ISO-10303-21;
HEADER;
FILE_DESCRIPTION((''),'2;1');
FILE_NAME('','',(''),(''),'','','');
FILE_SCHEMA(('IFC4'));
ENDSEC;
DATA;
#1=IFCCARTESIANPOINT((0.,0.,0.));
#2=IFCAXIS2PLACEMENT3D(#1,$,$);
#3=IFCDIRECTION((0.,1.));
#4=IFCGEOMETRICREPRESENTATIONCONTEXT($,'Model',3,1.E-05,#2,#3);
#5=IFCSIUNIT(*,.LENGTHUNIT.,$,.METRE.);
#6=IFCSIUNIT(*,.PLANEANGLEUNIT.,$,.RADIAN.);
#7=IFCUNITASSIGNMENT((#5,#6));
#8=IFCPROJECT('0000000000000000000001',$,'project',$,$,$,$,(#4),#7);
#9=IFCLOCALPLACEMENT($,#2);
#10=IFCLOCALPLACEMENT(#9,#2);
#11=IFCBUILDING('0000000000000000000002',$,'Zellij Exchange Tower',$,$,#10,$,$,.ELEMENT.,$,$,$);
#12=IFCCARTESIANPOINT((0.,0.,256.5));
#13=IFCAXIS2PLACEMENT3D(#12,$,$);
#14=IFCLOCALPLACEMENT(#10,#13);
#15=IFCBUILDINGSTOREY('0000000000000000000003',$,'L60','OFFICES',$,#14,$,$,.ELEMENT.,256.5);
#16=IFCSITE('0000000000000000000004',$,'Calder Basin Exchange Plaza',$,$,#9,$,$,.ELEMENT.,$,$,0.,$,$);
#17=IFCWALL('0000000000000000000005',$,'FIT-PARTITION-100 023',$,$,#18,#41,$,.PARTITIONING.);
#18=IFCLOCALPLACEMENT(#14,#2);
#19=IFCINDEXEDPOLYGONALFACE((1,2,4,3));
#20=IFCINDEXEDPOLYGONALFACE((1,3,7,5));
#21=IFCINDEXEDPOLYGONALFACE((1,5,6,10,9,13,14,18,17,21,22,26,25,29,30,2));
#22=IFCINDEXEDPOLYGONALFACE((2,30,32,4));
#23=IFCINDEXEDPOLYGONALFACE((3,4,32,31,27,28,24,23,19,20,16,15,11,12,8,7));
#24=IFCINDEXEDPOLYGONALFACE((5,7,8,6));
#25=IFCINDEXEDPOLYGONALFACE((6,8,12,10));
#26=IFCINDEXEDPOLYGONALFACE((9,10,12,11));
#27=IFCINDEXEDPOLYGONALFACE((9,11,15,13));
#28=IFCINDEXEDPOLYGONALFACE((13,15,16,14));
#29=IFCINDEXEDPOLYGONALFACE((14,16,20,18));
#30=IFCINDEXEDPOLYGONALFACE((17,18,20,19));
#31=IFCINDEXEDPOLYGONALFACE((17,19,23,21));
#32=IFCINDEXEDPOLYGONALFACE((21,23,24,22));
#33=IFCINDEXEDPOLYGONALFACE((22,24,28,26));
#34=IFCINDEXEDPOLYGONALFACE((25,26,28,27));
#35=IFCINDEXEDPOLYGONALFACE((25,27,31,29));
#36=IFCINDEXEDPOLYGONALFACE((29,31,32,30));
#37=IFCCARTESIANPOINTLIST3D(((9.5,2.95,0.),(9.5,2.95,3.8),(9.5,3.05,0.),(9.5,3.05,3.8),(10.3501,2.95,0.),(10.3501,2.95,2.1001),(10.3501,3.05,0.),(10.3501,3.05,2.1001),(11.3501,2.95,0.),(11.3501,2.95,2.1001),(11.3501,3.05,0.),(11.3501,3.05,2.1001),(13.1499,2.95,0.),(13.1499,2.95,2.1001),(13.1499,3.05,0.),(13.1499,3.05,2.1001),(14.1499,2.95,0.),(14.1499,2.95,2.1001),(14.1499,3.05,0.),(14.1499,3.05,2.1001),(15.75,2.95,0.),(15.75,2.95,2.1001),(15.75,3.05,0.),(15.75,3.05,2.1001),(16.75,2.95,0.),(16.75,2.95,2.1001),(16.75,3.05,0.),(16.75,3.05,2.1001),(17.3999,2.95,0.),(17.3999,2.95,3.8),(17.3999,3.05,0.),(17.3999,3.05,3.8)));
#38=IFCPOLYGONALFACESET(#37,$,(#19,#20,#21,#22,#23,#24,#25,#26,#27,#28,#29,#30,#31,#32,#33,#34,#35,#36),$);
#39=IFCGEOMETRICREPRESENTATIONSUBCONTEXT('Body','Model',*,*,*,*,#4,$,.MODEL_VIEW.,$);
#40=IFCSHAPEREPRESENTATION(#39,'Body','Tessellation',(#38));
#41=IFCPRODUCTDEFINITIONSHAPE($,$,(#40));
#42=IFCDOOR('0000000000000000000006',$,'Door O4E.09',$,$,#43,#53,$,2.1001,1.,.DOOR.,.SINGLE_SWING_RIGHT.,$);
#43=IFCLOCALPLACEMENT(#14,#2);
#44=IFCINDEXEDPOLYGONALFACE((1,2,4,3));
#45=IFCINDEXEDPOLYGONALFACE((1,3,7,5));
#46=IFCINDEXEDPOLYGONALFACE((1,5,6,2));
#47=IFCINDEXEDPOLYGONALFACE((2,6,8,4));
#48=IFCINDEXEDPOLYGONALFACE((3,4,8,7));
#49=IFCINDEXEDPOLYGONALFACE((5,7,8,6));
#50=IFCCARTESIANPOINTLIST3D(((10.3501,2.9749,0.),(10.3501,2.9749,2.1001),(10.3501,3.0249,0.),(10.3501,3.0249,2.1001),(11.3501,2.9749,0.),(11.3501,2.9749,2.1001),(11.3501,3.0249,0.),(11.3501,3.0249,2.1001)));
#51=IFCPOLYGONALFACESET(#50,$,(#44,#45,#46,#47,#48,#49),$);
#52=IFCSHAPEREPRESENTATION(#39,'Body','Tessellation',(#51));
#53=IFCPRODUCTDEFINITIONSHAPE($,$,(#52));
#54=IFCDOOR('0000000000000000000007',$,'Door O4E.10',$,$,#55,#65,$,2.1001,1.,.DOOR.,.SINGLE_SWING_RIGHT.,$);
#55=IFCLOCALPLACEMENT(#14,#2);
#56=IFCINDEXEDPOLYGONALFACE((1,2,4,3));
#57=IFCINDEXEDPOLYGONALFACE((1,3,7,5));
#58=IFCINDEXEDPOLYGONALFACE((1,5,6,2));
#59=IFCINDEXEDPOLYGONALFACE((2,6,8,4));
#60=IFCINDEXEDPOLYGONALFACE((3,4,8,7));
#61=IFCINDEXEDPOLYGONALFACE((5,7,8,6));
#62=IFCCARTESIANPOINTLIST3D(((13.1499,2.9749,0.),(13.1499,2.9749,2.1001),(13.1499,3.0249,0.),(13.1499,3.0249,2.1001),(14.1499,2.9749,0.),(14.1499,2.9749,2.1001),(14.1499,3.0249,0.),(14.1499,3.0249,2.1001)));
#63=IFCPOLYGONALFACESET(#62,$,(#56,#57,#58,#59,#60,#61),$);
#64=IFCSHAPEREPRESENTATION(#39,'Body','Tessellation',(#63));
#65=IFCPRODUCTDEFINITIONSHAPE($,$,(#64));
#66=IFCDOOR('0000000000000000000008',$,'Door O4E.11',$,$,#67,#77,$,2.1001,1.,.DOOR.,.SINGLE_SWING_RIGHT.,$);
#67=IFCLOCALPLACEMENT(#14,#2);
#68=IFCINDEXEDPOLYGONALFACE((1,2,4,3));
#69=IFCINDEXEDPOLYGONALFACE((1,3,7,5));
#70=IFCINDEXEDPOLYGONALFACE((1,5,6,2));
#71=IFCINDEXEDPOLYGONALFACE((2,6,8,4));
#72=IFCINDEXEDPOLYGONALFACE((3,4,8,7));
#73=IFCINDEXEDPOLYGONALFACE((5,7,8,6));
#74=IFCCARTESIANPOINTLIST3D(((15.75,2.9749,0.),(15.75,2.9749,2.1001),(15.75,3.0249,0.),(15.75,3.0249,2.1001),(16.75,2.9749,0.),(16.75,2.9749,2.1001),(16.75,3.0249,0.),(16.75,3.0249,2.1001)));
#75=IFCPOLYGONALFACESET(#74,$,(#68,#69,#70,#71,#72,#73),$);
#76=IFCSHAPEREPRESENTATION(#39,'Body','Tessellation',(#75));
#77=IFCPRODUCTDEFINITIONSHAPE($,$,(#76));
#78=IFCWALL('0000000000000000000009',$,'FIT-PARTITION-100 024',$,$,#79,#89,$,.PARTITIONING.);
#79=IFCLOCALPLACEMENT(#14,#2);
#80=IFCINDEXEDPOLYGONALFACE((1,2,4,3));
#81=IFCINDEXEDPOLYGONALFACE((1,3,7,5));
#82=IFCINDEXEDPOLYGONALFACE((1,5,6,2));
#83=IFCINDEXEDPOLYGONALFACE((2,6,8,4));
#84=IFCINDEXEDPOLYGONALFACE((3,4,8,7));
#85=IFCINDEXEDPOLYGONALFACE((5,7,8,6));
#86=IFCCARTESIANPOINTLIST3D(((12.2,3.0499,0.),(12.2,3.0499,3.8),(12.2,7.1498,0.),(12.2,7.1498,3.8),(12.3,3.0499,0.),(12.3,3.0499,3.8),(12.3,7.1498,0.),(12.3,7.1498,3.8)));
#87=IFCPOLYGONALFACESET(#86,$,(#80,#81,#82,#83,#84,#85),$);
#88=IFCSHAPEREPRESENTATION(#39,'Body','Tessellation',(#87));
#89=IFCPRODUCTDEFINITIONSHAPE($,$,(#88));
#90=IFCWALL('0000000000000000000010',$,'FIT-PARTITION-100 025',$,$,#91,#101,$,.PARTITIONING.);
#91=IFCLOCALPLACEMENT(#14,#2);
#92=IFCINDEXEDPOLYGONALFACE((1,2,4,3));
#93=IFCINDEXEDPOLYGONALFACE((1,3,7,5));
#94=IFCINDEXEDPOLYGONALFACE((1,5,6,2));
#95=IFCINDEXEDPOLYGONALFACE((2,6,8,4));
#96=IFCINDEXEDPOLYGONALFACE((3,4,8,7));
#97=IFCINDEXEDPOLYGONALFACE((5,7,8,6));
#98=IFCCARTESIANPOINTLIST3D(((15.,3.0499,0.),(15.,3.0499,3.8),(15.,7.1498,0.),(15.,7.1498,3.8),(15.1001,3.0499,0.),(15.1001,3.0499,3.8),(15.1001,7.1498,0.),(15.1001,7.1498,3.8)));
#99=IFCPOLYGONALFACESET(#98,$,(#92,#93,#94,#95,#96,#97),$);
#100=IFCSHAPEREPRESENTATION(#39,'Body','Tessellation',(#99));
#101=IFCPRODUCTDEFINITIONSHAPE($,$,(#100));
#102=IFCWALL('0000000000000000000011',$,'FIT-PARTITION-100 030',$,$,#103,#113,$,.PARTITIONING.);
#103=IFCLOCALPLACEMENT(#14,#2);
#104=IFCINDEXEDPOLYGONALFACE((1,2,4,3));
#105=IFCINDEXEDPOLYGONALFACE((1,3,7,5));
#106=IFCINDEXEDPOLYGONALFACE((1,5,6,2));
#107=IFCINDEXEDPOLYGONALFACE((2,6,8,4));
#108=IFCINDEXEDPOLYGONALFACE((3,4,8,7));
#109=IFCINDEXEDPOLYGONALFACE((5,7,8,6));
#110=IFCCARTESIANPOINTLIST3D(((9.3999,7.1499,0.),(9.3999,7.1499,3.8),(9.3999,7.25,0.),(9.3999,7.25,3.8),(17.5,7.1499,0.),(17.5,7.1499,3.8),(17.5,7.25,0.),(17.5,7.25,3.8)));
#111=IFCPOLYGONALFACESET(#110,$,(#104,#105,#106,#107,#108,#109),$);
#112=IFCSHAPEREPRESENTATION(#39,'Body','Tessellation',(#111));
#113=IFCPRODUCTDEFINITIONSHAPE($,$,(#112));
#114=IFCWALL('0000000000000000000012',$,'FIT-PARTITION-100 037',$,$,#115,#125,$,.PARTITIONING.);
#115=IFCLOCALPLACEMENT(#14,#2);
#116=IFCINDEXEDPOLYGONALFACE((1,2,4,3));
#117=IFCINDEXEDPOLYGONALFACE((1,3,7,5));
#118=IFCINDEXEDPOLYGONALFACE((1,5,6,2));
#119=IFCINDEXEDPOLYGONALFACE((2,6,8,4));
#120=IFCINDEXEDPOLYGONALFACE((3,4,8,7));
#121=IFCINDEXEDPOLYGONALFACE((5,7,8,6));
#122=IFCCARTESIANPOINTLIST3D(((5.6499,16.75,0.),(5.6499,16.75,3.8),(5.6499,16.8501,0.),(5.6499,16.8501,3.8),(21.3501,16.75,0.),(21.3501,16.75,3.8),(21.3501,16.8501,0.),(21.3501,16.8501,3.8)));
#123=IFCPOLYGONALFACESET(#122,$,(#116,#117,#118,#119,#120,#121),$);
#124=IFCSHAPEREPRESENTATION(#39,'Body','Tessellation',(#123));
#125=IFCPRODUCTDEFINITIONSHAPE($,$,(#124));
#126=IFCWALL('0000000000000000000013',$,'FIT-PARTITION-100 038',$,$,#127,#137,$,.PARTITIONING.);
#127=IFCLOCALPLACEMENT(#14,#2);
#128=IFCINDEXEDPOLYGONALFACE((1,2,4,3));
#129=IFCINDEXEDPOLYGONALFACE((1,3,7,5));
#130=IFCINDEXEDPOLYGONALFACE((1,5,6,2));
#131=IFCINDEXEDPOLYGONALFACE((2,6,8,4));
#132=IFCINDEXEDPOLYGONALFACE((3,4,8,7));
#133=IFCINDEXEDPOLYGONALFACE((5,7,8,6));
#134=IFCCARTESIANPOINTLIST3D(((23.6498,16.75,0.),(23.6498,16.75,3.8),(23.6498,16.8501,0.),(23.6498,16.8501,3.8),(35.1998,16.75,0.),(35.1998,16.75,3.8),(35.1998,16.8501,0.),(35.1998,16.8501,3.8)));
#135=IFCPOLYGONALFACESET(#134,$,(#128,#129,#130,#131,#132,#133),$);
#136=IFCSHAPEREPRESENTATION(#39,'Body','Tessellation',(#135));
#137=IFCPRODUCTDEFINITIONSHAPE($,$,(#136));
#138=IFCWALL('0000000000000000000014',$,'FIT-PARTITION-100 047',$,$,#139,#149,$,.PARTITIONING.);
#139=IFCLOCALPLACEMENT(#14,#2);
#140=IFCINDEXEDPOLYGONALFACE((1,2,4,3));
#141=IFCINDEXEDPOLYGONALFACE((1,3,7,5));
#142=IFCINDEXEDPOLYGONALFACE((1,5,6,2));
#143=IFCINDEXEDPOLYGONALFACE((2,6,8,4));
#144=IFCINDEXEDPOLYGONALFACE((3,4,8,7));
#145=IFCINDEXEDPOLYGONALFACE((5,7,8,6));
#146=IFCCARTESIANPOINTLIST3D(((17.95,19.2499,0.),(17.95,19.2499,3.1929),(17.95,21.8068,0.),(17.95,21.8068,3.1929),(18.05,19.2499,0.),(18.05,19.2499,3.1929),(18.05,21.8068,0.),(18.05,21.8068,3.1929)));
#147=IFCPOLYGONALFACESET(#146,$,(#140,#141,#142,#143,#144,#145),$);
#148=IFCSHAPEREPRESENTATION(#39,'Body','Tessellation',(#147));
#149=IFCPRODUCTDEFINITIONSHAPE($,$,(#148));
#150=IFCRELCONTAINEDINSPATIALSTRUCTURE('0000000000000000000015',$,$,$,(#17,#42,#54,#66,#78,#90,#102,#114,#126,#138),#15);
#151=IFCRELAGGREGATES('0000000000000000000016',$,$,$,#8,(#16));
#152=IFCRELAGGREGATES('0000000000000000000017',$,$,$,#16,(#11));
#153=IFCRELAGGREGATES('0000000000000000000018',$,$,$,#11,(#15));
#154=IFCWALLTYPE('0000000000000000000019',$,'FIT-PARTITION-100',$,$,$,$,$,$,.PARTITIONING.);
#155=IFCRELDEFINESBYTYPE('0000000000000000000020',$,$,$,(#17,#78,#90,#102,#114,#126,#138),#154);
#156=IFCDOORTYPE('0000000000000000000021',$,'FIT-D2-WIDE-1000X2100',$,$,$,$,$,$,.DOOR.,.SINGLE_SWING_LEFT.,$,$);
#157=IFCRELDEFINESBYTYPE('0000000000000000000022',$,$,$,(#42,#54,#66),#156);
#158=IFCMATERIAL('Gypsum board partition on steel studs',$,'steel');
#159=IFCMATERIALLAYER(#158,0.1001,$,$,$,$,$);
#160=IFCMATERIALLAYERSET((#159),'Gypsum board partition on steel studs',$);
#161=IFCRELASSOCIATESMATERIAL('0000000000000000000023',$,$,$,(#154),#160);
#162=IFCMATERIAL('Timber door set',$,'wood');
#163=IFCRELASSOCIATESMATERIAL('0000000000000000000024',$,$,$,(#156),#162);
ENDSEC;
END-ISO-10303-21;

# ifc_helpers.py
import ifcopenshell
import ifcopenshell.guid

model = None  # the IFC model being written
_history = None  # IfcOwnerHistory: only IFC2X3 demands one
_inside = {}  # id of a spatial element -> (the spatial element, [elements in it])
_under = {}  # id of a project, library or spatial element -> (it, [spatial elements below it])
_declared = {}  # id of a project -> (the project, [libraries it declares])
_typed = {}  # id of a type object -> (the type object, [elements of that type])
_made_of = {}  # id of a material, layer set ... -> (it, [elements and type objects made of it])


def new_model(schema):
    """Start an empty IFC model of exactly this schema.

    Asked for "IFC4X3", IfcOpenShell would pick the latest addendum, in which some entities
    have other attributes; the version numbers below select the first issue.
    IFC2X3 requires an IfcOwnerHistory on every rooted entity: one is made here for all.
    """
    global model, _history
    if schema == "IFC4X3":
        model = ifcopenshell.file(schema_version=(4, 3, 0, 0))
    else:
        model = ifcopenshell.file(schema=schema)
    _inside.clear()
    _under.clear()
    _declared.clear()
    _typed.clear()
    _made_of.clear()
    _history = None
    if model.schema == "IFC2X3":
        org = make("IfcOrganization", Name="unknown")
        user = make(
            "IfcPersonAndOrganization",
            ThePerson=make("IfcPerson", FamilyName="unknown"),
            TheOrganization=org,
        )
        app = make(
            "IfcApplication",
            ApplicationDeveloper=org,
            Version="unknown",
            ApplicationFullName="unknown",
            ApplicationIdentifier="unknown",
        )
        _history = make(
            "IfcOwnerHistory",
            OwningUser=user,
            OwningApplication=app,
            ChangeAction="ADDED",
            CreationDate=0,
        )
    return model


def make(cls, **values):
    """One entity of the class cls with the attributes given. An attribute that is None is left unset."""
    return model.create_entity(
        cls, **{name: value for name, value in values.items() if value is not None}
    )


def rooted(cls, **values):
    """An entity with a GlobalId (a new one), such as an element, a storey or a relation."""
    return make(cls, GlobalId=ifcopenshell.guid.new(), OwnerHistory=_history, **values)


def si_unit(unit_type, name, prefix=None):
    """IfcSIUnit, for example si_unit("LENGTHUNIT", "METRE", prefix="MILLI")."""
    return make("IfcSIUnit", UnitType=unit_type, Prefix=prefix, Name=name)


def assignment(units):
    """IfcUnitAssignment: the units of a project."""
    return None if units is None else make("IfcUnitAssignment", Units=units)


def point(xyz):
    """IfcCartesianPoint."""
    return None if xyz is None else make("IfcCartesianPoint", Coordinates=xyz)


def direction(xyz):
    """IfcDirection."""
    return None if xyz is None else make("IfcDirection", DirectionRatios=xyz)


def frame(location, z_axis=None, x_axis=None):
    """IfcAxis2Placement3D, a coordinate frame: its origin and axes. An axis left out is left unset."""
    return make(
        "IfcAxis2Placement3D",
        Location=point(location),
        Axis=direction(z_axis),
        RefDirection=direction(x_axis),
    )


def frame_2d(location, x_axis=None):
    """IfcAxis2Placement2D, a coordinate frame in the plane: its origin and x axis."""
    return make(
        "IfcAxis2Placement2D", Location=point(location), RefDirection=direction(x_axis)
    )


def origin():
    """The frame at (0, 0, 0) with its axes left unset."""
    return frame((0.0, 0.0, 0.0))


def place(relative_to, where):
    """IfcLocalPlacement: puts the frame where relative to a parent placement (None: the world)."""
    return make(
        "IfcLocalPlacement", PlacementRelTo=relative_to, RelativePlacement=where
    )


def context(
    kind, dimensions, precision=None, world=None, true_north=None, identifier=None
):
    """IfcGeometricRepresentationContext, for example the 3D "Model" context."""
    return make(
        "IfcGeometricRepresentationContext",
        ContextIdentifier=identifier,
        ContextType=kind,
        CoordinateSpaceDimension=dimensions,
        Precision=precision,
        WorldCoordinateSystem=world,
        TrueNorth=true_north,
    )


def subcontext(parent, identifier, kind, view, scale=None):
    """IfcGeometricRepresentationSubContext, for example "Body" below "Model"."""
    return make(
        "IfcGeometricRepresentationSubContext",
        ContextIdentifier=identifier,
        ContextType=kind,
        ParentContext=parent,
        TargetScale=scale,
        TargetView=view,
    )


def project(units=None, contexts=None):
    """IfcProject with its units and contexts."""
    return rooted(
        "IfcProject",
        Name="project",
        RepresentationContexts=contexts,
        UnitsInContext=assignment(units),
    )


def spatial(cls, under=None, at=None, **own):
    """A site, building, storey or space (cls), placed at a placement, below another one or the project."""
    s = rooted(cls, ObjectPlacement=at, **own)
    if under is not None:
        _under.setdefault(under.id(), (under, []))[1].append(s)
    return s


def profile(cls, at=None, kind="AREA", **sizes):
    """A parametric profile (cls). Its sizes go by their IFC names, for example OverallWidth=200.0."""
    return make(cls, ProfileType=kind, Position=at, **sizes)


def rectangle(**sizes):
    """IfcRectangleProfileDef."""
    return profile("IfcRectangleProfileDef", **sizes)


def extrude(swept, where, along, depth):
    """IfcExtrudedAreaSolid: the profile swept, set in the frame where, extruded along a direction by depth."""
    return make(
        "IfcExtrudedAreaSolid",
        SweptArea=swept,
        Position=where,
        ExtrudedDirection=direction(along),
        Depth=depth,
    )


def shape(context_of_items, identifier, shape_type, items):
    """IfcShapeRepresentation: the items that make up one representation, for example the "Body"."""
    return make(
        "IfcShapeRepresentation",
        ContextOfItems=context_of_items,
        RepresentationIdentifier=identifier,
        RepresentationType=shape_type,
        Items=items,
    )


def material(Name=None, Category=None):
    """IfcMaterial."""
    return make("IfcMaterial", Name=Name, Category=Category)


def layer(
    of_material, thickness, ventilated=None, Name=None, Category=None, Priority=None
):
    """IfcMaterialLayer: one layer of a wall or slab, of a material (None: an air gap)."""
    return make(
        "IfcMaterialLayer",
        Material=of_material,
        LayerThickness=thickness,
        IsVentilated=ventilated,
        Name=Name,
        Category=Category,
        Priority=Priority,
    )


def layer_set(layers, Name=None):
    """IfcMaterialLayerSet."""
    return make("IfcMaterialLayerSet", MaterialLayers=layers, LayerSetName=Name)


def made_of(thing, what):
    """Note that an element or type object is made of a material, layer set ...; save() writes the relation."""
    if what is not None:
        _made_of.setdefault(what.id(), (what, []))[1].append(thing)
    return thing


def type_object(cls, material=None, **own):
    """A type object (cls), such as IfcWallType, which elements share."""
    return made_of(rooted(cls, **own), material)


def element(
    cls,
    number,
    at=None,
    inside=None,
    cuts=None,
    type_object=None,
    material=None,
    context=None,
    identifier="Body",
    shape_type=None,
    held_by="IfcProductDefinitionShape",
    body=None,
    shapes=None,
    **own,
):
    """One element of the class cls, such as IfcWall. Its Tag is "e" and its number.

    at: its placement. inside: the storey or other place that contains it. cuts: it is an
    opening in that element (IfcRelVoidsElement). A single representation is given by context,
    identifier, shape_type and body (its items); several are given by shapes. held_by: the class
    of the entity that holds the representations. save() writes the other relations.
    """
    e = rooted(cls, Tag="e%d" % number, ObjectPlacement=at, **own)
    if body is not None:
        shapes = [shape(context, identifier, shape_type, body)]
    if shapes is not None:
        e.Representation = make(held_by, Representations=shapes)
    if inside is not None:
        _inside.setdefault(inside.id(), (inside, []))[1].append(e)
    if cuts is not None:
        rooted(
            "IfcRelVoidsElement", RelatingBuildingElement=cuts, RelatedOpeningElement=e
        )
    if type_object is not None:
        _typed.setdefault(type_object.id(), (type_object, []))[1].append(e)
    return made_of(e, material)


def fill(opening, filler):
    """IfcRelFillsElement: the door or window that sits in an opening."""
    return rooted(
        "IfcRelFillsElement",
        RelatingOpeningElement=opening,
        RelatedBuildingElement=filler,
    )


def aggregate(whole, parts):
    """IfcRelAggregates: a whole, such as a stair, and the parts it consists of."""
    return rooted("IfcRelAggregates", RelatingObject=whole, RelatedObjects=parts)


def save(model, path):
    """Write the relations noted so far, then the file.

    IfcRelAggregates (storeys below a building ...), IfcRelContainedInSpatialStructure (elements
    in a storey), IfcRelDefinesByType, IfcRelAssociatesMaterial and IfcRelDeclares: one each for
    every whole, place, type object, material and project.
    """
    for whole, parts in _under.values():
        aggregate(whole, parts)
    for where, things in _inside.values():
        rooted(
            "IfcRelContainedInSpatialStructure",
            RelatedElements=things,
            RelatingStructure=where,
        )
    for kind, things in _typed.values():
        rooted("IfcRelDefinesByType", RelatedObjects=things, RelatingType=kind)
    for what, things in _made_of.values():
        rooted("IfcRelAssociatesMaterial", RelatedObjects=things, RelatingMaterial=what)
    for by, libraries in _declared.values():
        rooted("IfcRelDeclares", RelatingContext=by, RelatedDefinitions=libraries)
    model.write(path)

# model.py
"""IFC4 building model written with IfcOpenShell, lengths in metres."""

from ifc_helpers import new_model, si_unit, direction, frame, frame_2d, origin, place, context, subcontext, project, spatial, rectangle, extrude, material, layer, layer_set, type_object, element, fill, save


model = new_model("IFC4")

# Units and contexts
model_context = context("Model", 3, precision=1e-05, world=origin(), true_north=direction((0.0, 1.0)))
body_context = subcontext(model_context, "Body", "Model", "MODEL_VIEW")
ifc_project = project(units=[si_unit("LENGTHUNIT", "METRE"), si_unit("PLANEANGLEUNIT", "RADIAN")], contexts=[model_context])

# Site, building, storey
site_placement = place(None, origin())
site = spatial("IfcSite", under=ifc_project, at=site_placement, Name="Calder Basin Exchange Plaza", CompositionType="ELEMENT", RefElevation=0.0)
building_placement = place(site_placement, origin())
building = spatial("IfcBuilding", under=site, at=building_placement, Name="Zellij Exchange Tower", CompositionType="ELEMENT")
storey_placement = place(building_placement, frame((0.0, 0.0, 256.5)))
storey = spatial("IfcBuildingStorey", under=building, at=storey_placement, Name="L60", Description="OFFICES", CompositionType="ELEMENT", Elevation=256.5)

# Wall, openings, doors
ifc_material_1 = material(Name="Gypsum board partition on steel studs", Category="steel")
ifc_layer = layer(ifc_material_1, 0.1001)
ifc_layer_set = layer_set([ifc_layer], Name="Gypsum board partition on steel studs")
wall_type = type_object("IfcWallType", Name="FIT-PARTITION-100", PredefinedType="PARTITIONING", material=ifc_layer_set)
wall_1_placement = place(storey_placement, frame((9.5, 3.0, 0.0), z_axis=(0.0, 0.0, 1.0), x_axis=(1.0, 0.0, 0.0)))
wall_1 = element("IfcWall", 1, at=wall_1_placement, inside=storey, type_object=wall_type, Name="FIT-PARTITION-100 023", PredefinedType="PARTITIONING", context=body_context, shape_type="SweptSolid", body=[
    extrude(rectangle(XDim=7.8999, YDim=0.1001, at=frame_2d((3.95, 0.0))), origin(), (0.0, 0.0, 1.0), 3.8),
])
opening_1_placement = place(wall_1_placement, frame((0.8501, 0.0, 0.0)))
opening_1 = element("IfcOpeningElement", 2, at=opening_1_placement, cuts=wall_1, PredefinedType="OPENING", context=body_context, shape_type="SweptSolid", body=[
    extrude(rectangle(XDim=1.0, YDim=2.1001, at=frame_2d((0.5, 1.05))), frame((0.0, 0.062, 0.0), z_axis=(0.0, -1.0, 0.0), x_axis=(1.0, 0.0, 0.0)), (0.0, 0.0, 1.0), 0.124),
])
opening_2_placement = place(wall_1_placement, frame((3.6499, 0.0, 0.0)))
opening_2 = element("IfcOpeningElement", 3, at=opening_2_placement, cuts=wall_1, PredefinedType="OPENING", context=body_context, shape_type="SweptSolid", body=[
    extrude(rectangle(XDim=1.0, YDim=2.1001, at=frame_2d((0.5, 1.05))), frame((0.0, 0.062, 0.0), z_axis=(0.0, -1.0, 0.0), x_axis=(1.0, 0.0, 0.0)), (0.0, 0.0, 1.0), 0.124),
])
opening_3_placement = place(wall_1_placement, frame((6.25, 0.0, 0.0)))
opening_3 = element("IfcOpeningElement", 4, at=opening_3_placement, cuts=wall_1, PredefinedType="OPENING", context=body_context, shape_type="SweptSolid", body=[
    extrude(rectangle(XDim=1.0, YDim=2.1001, at=frame_2d((0.5, 1.05))), frame((0.0, 0.062, 0.0), z_axis=(0.0, -1.0, 0.0), x_axis=(1.0, 0.0, 0.0)), (0.0, 0.0, 1.0), 0.124),
])
ifc_material_2 = material(Name="Timber door set", Category="wood")
door_type = type_object("IfcDoorType", Name="FIT-D2-WIDE-1000X2100", OperationType="SINGLE_SWING_LEFT", PredefinedType="DOOR", material=ifc_material_2)
door_1_placement = place(opening_1_placement, origin())
door_1 = element("IfcDoor", 5, at=door_1_placement, inside=storey, type_object=door_type, Name="Door O4E.09", OperationType="SINGLE_SWING_RIGHT", OverallHeight=2.1001, OverallWidth=1.0, PredefinedType="DOOR", context=body_context, shape_type="SweptSolid", body=[
    extrude(rectangle(XDim=1.0, YDim=2.1001, at=frame_2d((0.5, 1.05))), frame((0.0, 0.0249, 0.0), z_axis=(0.0, -1.0, 0.0), x_axis=(1.0, 0.0, 0.0)), (0.0, 0.0, 1.0), 0.05),
])
fill(opening_1, door_1)
door_2_placement = place(opening_2_placement, origin())
door_2 = element("IfcDoor", 6, at=door_2_placement, inside=storey, type_object=door_type, Name="Door O4E.10", OperationType="SINGLE_SWING_RIGHT", OverallHeight=2.1001, OverallWidth=1.0, PredefinedType="DOOR", context=body_context, shape_type="SweptSolid", body=[
    extrude(rectangle(XDim=1.0, YDim=2.1001, at=frame_2d((0.5, 1.05))), frame((0.0, 0.0249, 0.0), z_axis=(0.0, -1.0, 0.0), x_axis=(1.0, 0.0, 0.0)), (0.0, 0.0, 1.0), 0.05),
])
fill(opening_2, door_2)
door_3_placement = place(opening_3_placement, origin())
door_3 = element("IfcDoor", 7, at=door_3_placement, inside=storey, type_object=door_type, Name="Door O4E.11", OperationType="SINGLE_SWING_RIGHT", OverallHeight=2.1001, OverallWidth=1.0, PredefinedType="DOOR", context=body_context, shape_type="SweptSolid", body=[
    extrude(rectangle(XDim=1.0, YDim=2.1001, at=frame_2d((0.5, 1.05))), frame((0.0, 0.0249, 0.0), z_axis=(0.0, -1.0, 0.0), x_axis=(1.0, 0.0, 0.0)), (0.0, 0.0, 1.0), 0.05),
])
fill(opening_3, door_3)

# Walls
for number, where, z_axis, x_axis, name in (
    (8, (12.25, 3.05, 0.0), (0.0, 0.0, 1.0), (0.0, 1.0, 0.0), "FIT-PARTITION-100 024"),
    (9, (15.05, 3.05, 0.0), (0.0, 0.0, 1.0), (0.0, 1.0, 0.0), "FIT-PARTITION-100 025"),
):
    element("IfcWall", number, at=place(storey_placement, frame(where, z_axis=z_axis, x_axis=x_axis)), inside=storey, type_object=wall_type, Name=name, PredefinedType="PARTITIONING", context=body_context, shape_type="SweptSolid", body=[
        extrude(rectangle(XDim=4.0999, YDim=0.1001, at=frame_2d((2.0498, 0.0))), origin(), (0.0, 0.0, 1.0), 3.8),
    ])
wall_2_placement = place(storey_placement, frame((9.3999, 7.2, 0.0), z_axis=(0.0, 0.0, 1.0), x_axis=(1.0, 0.0, 0.0)))
element("IfcWall", 10, at=wall_2_placement, inside=storey, type_object=wall_type, Name="FIT-PARTITION-100 030", PredefinedType="PARTITIONING", context=body_context, shape_type="SweptSolid", body=[
    extrude(rectangle(XDim=8.1001, YDim=0.1001, at=frame_2d((4.05, 0.0))), origin(), (0.0, 0.0, 1.0), 3.8),
])
wall_3_placement = place(storey_placement, frame((5.6499, 16.8, 0.0), z_axis=(0.0, 0.0, 1.0), x_axis=(1.0, 0.0, 0.0)))
element("IfcWall", 11, at=wall_3_placement, inside=storey, type_object=wall_type, Name="FIT-PARTITION-100 037", PredefinedType="PARTITIONING", context=body_context, shape_type="SweptSolid", body=[
    extrude(rectangle(XDim=15.7002, YDim=0.1001, at=frame_2d((7.8501, 0.0))), origin(), (0.0, 0.0, 1.0), 3.8),
])
wall_4_placement = place(storey_placement, frame((23.6499, 16.8, 0.0), z_axis=(0.0, 0.0, 1.0), x_axis=(1.0, 0.0, 0.0)))
element("IfcWall", 12, at=wall_4_placement, inside=storey, type_object=wall_type, Name="FIT-PARTITION-100 038", PredefinedType="PARTITIONING", context=body_context, shape_type="SweptSolid", body=[
    extrude(rectangle(XDim=11.55, YDim=0.1001, at=frame_2d((5.7749, 0.0))), origin(), (0.0, 0.0, 1.0), 3.8),
])
wall_5_placement = place(storey_placement, frame((18.0, 19.25, 0.0), z_axis=(0.0, 0.0, 1.0), x_axis=(0.0, 1.0, 0.0)))
element("IfcWall", 13, at=wall_5_placement, inside=storey, type_object=wall_type, Name="FIT-PARTITION-100 047", PredefinedType="PARTITIONING", context=body_context, shape_type="SweptSolid", body=[
    extrude(rectangle(XDim=2.5569, YDim=0.1001, at=frame_2d((1.2783, 0.0))), origin(), (0.0, 0.0, 1.0), 3.1929),
])

save(model, "model.ifc")
